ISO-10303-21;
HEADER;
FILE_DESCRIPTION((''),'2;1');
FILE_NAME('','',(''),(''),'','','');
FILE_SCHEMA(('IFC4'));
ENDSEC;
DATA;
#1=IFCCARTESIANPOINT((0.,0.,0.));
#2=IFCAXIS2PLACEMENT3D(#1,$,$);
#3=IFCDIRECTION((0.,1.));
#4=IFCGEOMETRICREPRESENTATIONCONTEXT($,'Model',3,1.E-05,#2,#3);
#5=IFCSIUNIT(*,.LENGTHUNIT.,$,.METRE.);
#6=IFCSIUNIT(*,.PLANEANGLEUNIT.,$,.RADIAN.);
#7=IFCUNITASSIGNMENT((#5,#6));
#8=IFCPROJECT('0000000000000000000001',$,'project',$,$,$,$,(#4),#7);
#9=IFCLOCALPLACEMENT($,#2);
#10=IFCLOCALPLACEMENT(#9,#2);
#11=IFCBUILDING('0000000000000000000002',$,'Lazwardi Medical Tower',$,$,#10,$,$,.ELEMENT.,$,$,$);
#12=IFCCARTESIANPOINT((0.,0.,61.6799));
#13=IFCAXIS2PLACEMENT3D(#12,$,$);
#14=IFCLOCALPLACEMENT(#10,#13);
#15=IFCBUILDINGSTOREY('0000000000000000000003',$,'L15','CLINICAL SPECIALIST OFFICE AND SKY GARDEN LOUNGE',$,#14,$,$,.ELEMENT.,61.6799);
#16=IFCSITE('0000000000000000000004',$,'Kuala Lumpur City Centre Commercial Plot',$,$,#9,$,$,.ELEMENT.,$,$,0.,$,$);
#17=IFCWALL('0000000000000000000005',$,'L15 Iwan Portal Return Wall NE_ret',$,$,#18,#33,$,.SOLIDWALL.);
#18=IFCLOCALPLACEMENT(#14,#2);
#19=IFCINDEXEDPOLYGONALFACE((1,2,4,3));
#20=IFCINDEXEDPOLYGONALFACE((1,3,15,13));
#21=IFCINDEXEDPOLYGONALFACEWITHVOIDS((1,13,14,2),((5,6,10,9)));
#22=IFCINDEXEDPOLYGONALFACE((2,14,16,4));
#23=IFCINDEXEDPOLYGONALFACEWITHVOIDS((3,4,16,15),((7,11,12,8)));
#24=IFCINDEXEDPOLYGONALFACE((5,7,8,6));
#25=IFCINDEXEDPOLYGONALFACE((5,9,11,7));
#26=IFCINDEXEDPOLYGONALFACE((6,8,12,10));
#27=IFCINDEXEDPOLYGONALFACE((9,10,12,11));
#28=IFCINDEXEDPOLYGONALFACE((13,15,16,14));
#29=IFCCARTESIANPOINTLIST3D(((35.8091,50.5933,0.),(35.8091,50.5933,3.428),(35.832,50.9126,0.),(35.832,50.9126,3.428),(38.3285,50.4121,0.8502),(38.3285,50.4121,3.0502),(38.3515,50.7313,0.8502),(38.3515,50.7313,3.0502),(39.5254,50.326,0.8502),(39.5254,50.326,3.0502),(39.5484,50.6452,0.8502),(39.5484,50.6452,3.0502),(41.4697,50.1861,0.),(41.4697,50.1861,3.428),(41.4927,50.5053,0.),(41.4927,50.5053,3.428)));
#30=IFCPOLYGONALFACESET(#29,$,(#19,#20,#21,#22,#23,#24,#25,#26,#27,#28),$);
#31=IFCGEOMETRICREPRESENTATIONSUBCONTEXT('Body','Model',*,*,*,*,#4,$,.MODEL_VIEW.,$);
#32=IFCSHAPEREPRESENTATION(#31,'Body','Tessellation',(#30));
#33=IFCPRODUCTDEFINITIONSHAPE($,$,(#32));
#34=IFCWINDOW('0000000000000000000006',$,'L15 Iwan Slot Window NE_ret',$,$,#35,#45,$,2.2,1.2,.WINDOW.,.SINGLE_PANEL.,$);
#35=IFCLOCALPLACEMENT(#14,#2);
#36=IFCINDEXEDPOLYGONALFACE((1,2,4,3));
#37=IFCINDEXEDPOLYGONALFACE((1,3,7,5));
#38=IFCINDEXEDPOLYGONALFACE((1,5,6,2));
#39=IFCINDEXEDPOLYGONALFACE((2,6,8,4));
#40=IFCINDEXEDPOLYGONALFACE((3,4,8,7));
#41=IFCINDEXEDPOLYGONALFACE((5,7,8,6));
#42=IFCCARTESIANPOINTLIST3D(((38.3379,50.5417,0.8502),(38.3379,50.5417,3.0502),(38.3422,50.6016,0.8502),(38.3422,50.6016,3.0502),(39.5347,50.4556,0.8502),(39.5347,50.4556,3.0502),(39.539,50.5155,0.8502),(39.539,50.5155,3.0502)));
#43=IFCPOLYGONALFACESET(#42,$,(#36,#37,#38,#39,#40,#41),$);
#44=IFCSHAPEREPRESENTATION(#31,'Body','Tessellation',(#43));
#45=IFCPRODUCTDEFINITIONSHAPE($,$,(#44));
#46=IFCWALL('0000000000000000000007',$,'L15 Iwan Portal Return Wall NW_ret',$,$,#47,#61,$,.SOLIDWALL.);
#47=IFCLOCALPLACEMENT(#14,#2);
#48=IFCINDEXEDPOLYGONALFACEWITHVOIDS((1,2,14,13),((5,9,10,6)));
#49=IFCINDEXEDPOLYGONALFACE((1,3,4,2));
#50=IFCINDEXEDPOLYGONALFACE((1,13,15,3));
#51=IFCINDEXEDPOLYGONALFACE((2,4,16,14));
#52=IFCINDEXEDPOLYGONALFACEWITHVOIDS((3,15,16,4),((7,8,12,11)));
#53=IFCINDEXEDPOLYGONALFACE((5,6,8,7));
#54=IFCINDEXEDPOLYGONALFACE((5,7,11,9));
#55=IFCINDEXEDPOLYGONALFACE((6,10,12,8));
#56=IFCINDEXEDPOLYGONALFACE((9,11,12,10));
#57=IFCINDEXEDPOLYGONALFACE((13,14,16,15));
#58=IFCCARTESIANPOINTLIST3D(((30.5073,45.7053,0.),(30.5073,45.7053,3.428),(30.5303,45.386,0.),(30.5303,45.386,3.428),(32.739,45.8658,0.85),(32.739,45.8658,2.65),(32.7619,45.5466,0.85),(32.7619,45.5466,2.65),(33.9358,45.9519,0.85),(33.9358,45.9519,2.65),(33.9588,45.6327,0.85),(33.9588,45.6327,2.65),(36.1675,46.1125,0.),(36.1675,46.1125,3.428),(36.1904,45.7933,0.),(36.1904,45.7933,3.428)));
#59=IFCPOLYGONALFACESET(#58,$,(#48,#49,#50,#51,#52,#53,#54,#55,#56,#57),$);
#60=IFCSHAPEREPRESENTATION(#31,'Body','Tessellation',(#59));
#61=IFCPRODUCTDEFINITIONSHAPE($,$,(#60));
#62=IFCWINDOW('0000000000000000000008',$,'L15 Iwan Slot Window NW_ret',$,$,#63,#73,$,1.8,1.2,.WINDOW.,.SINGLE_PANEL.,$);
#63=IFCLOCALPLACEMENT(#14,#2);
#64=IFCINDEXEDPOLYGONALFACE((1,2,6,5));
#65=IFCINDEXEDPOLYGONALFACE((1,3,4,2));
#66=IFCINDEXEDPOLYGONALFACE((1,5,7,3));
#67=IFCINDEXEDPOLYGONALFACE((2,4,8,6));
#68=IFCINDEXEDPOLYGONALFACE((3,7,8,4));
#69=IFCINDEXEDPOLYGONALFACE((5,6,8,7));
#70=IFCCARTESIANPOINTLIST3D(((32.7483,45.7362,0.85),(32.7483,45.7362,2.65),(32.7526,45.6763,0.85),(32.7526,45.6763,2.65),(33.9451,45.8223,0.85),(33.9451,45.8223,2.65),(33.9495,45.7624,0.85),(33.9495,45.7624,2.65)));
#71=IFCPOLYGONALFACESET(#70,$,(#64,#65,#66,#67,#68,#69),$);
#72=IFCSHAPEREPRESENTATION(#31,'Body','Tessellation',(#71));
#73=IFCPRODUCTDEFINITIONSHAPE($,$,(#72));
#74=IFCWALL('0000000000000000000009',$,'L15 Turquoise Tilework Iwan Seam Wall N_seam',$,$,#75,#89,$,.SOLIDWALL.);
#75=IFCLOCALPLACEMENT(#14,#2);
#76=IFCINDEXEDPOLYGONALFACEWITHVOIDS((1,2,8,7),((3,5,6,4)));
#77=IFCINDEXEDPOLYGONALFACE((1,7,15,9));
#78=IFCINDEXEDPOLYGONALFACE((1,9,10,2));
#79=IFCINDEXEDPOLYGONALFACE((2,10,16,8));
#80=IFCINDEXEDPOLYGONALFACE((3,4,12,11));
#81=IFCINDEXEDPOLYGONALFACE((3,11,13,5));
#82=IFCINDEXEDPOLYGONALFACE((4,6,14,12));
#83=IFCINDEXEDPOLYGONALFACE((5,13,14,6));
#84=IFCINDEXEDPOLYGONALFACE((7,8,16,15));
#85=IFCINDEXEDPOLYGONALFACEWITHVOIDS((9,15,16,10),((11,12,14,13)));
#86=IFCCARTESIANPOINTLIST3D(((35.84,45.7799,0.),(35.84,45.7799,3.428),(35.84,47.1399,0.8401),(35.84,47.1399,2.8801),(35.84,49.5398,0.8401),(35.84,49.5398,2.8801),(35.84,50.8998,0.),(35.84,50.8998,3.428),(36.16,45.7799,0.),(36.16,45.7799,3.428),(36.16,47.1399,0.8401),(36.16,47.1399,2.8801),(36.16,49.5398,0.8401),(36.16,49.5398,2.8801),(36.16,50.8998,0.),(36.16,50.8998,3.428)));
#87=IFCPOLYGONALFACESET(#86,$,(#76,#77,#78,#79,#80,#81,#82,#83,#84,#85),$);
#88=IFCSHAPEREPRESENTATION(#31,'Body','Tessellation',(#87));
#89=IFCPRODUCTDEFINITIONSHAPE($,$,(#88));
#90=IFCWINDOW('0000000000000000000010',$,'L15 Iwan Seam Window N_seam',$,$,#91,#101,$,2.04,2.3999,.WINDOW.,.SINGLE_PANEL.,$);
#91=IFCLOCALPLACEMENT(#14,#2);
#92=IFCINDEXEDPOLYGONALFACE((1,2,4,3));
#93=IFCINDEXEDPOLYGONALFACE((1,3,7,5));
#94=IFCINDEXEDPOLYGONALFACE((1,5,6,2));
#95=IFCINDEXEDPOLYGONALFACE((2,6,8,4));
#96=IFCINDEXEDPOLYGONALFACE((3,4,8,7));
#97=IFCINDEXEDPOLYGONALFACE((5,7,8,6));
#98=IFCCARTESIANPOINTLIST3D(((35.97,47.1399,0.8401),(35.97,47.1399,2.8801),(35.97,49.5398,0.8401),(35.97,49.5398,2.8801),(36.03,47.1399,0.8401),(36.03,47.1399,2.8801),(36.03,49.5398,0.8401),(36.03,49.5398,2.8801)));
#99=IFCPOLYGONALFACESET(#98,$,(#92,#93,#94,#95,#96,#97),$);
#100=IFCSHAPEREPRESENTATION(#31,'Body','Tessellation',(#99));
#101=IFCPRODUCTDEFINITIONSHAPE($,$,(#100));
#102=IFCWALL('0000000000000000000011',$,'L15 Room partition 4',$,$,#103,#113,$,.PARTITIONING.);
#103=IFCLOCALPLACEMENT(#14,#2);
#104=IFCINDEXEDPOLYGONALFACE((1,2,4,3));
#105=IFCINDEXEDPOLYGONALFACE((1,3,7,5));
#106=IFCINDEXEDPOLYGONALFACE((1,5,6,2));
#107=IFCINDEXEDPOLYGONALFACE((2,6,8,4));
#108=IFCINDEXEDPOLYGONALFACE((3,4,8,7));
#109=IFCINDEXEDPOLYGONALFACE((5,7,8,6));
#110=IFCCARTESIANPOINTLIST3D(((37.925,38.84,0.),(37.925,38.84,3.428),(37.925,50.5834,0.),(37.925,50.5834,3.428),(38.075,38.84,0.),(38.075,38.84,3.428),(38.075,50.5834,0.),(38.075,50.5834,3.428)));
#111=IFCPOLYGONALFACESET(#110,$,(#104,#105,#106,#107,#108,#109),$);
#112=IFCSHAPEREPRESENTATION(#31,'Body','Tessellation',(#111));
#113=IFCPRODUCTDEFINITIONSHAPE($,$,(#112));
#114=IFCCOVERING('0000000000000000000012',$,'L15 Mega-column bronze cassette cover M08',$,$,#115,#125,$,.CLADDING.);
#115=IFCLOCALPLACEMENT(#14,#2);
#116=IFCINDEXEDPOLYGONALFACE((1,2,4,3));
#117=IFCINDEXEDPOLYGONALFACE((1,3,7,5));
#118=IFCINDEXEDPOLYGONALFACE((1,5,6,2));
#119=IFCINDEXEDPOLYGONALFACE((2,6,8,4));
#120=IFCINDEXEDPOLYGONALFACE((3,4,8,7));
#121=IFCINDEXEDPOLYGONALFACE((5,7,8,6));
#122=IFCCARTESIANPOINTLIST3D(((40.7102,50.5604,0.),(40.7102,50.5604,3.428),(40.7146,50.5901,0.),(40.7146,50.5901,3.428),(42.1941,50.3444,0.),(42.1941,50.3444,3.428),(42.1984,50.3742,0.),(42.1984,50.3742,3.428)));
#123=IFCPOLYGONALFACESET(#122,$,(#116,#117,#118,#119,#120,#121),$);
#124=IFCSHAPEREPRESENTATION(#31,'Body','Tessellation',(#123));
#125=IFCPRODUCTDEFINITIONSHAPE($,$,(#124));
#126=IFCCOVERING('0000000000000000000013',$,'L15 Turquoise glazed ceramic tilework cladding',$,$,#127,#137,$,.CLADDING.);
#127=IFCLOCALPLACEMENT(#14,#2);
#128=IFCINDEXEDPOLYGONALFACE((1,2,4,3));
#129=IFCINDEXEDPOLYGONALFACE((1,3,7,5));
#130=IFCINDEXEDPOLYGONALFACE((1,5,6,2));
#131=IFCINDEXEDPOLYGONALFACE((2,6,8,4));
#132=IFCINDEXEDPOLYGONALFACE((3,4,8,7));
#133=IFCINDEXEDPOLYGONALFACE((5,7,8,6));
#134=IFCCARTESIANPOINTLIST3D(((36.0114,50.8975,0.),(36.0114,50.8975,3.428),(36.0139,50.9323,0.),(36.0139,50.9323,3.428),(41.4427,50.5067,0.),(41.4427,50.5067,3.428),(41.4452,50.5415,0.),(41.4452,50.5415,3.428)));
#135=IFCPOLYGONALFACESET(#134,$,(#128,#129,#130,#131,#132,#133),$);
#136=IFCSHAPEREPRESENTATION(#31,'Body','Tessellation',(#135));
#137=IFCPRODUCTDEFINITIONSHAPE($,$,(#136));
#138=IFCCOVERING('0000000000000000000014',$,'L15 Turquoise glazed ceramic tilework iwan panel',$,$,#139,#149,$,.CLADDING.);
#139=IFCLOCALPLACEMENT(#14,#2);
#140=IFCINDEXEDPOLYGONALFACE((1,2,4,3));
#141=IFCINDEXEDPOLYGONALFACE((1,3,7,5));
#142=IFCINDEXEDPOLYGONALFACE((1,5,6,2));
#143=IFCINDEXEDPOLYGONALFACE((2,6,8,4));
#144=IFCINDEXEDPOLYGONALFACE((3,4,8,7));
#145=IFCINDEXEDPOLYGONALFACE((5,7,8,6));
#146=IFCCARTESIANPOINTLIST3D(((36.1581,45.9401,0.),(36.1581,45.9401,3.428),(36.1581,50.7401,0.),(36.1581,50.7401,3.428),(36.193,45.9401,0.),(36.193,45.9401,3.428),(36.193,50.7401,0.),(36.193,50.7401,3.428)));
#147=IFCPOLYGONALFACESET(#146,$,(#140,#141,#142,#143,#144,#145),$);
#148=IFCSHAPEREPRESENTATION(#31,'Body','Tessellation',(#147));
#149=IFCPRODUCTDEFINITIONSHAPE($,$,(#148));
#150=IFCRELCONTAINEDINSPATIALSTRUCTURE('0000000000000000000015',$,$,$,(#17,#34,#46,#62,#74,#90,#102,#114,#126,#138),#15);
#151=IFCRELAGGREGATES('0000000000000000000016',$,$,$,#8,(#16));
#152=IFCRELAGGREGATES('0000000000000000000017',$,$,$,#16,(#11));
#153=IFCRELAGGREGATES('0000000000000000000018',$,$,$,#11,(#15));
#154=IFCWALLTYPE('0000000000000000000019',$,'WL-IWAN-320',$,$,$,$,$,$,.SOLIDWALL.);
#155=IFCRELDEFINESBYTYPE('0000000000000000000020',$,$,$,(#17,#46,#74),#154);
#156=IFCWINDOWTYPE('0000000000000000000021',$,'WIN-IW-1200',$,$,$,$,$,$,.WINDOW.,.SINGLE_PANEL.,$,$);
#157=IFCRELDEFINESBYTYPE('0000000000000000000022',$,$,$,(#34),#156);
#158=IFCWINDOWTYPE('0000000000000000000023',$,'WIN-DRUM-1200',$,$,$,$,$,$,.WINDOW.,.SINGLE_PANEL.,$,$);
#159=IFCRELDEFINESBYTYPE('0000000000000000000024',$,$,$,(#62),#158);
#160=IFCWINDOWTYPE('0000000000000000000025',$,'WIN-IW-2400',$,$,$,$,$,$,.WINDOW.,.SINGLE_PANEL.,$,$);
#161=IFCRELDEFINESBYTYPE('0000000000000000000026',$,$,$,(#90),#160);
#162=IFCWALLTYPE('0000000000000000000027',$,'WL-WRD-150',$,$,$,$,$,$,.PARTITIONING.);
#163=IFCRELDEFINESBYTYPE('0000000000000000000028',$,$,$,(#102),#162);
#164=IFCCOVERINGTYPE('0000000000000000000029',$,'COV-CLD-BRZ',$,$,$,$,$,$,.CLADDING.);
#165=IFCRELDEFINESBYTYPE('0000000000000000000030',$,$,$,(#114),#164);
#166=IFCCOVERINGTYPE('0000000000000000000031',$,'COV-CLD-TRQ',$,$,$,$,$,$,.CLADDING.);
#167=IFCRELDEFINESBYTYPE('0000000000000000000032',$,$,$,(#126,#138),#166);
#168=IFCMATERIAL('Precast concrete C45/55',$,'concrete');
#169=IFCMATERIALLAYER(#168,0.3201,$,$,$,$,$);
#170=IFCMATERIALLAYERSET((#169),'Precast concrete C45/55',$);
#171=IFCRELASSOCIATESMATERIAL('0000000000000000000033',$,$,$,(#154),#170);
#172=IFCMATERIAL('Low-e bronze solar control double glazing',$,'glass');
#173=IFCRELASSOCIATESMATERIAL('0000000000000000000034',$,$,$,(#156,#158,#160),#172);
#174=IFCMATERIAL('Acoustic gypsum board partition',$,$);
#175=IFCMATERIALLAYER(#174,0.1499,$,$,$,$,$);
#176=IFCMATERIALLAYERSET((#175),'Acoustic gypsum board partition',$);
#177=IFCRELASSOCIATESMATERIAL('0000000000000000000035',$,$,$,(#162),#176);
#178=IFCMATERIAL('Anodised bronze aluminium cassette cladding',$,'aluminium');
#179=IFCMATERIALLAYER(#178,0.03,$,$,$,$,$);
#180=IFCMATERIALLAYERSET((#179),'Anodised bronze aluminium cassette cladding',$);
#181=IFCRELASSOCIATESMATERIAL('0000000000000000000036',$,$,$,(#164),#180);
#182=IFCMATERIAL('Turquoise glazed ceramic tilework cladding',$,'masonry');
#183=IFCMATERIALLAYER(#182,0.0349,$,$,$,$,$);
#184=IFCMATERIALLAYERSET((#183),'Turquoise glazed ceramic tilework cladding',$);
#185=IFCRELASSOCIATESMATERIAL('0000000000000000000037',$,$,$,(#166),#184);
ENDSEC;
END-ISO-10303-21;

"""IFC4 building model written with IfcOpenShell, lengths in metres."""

from ifc_helpers import new_model, si_unit, direction, frame, frame_2d, origin, origin_2d, place, context, subcontext, project, spatial, rectangle, extrude, material, layer, layer_set, type_object, element, fill, save


model = new_model("IFC4")

# Units and contexts
model_context = context("Model", 3, precision=1e-05, world=origin(), true_north=direction((0.0, 1.0)))
body_context = subcontext(model_context, "Body", "Model", "MODEL_VIEW")
ifc_project = project(units=[si_unit("LENGTHUNIT", "METRE"), si_unit("PLANEANGLEUNIT", "RADIAN")], contexts=[model_context])

# Site, building, storey
site_placement = place(None, origin())
site = spatial("IfcSite", under=ifc_project, at=site_placement, Name="Kuala Lumpur City Centre Commercial Plot", CompositionType="ELEMENT", RefElevation=0.0)
building_placement = place(site_placement, origin())
building = spatial("IfcBuilding", under=site, at=building_placement, Name="Lazwardi Medical Tower", CompositionType="ELEMENT")
storey_placement = place(building_placement, frame((0.0, 0.0, 61.6799)))
storey = spatial("IfcBuildingStorey", under=building, at=storey_placement, Name="L15", Description="CLINICAL SPECIALIST OFFICE AND SKY GARDEN LOUNGE", CompositionType="ELEMENT", Elevation=61.6799)

# Shared definitions
ifc_material_1 = material(Name="Low-e bronze solar control double glazing", Category="glass")

# Walls, openings, windows
ifc_material_2 = material(Name="Precast concrete C45/55", Category="concrete")
ifc_layer_1 = layer(ifc_material_2, 0.3201)
ifc_layer_set_1 = layer_set([ifc_layer_1], Name="Precast concrete C45/55")
wall_type_1 = type_object("IfcWallType", Name="WL-IWAN-320", PredefinedType="SOLIDWALL", material=ifc_layer_set_1)
wall_1_placement = place(storey_placement, frame((41.4812, 50.3457, 0.0), z_axis=(0.0, 0.0, 1.0), x_axis=(-0.997422, 0.071755, 0.0)))
wall_1 = element("IfcWall", 1, at=wall_1_placement, inside=storey, type_object=wall_type_1, Name="L15 Iwan Portal Return Wall NE_ret", PredefinedType="SOLIDWALL", context=body_context, shape_type="SweptSolid", body=[
    extrude(rectangle(XDim=5.6753, YDim=0.3201, at=frame_2d((2.8376, 0.0))), origin(), (0.0, 0.0, 1.0), 3.428),
])
opening_1_placement = place(wall_1_placement, frame((1.9492, 0.0, 0.8501)))
opening_1 = element("IfcOpeningElement", 2, at=opening_1_placement, cuts=wall_1, PredefinedType="OPENING", context=body_context, shape_type="SweptSolid", body=[
    extrude(rectangle(XDim=1.2, YDim=2.2, at=frame_2d((0.6001, 1.1001))), frame((0.0, 0.1699, 0.0), z_axis=(0.0, -1.0, 0.0), x_axis=(1.0, 0.0, 0.0)), (0.0, 0.0, 1.0), 0.3401),
])
window_type_1 = type_object("IfcWindowType", Name="WIN-IW-1200", PartitioningType="SINGLE_PANEL", PredefinedType="WINDOW", material=ifc_material_1)
window_1_placement = place(opening_1_placement, origin())
window_1 = element("IfcWindow", 3, at=window_1_placement, inside=storey, type_object=window_type_1, Name="L15 Iwan Slot Window NE_ret", OverallHeight=2.2, OverallWidth=1.2, PartitioningType="SINGLE_PANEL", PredefinedType="WINDOW", context=body_context, shape_type="SweptSolid", body=[
    extrude(rectangle(XDim=1.2, YDim=2.2, at=frame_2d((0.6001, 1.1001))), frame((0.0, 0.03, 0.0), z_axis=(0.0, -1.0, 0.0), x_axis=(1.0, 0.0, 0.0)), (0.0, 0.0, 1.0), 0.0601),
])
fill(opening_1, window_1)
wall_2_placement = place(storey_placement, frame((36.179, 45.9529, 0.0), z_axis=(0.0, 0.0, 1.0), x_axis=(-0.997422, -0.071761, 0.0)))
wall_2 = element("IfcWall", 4, at=wall_2_placement, inside=storey, type_object=wall_type_1, Name="L15 Iwan Portal Return Wall NW_ret", PredefinedType="SOLIDWALL", context=body_context, shape_type="SweptSolid", body=[
    extrude(rectangle(XDim=5.6748, YDim=0.3201, at=frame_2d((2.8374, 0.0))), origin(), (0.0, 0.0, 1.0), 3.428),
])
opening_2_placement = place(wall_2_placement, frame((2.2373, 0.0, 0.8501)))
opening_2 = element("IfcOpeningElement", 5, at=opening_2_placement, cuts=wall_2, PredefinedType="OPENING", context=body_context, shape_type="SweptSolid", body=[
    extrude(rectangle(XDim=1.2, YDim=1.8, at=frame_2d((0.6001, 0.8999))), frame((0.0, 0.1699, 0.0), z_axis=(0.0, -1.0, 0.0), x_axis=(1.0, 0.0, 0.0)), (0.0, 0.0, 1.0), 0.3401),
])
window_type_2 = type_object("IfcWindowType", Name="WIN-DRUM-1200", PartitioningType="SINGLE_PANEL", PredefinedType="WINDOW", material=ifc_material_1)
window_2_placement = place(opening_2_placement, origin())
window_2 = element("IfcWindow", 6, at=window_2_placement, inside=storey, type_object=window_type_2, Name="L15 Iwan Slot Window NW_ret", OverallHeight=1.8, OverallWidth=1.2, PartitioningType="SINGLE_PANEL", PredefinedType="WINDOW", context=body_context, shape_type="SweptSolid", body=[
    extrude(rectangle(XDim=1.2, YDim=1.8, at=frame_2d((0.6001, 0.8999))), frame((0.0, 0.03, 0.0), z_axis=(0.0, -1.0, 0.0), x_axis=(1.0, 0.0, 0.0)), (0.0, 0.0, 1.0), 0.0601),
])
fill(opening_2, window_2)
wall_3_placement = place(storey_placement, frame((36.0, 50.8999, 0.0), z_axis=(0.0, 0.0, 1.0), x_axis=(0.0, -1.0, 0.0)))
wall_3 = element("IfcWall", 7, at=wall_3_placement, inside=storey, type_object=wall_type_1, Name="L15 Turquoise Tilework Iwan Seam Wall N_seam", PredefinedType="SOLIDWALL", context=body_context, shape_type="SweptSolid", body=[
    extrude(rectangle(XDim=5.1199, YDim=0.3201, at=frame_2d((2.5601, 0.0))), origin(), (0.0, 0.0, 1.0), 3.428),
])
opening_3_placement = place(wall_3_placement, frame((1.3601, 0.0, 0.8401)))
opening_3 = element("IfcOpeningElement", 8, at=opening_3_placement, cuts=wall_3, PredefinedType="OPENING", context=body_context, shape_type="SweptSolid", body=[
    extrude(rectangle(XDim=2.3999, YDim=2.04, at=frame_2d((1.2, 1.02))), frame((0.0, 0.1699, 0.0), z_axis=(0.0, -1.0, 0.0), x_axis=(1.0, 0.0, 0.0)), (0.0, 0.0, 1.0), 0.3401),
])
window_type_3 = type_object("IfcWindowType", Name="WIN-IW-2400", PartitioningType="SINGLE_PANEL", PredefinedType="WINDOW", material=ifc_material_1)
window_3_placement = place(opening_3_placement, origin())
window_3 = element("IfcWindow", 9, at=window_3_placement, inside=storey, type_object=window_type_3, Name="L15 Iwan Seam Window N_seam", OverallHeight=2.04, OverallWidth=2.3999, PartitioningType="SINGLE_PANEL", PredefinedType="WINDOW", context=body_context, shape_type="SweptSolid", body=[
    extrude(rectangle(XDim=2.3999, YDim=2.04, at=frame_2d((1.2, 1.02))), frame((0.0, 0.03, 0.0), z_axis=(0.0, -1.0, 0.0), x_axis=(1.0, 0.0, 0.0)), (0.0, 0.0, 1.0), 0.0601),
])
fill(opening_3, window_3)

# Wall
ifc_material_3 = material(Name="Acoustic gypsum board partition")
ifc_layer_2 = layer(ifc_material_3, 0.1499)
ifc_layer_set_2 = layer_set([ifc_layer_2], Name="Acoustic gypsum board partition")
wall_type_2 = type_object("IfcWallType", Name="WL-WRD-150", PredefinedType="PARTITIONING", material=ifc_layer_set_2)
wall_4_placement = place(storey_placement, frame((38.0, 38.8401, 0.0), z_axis=(0.0, 0.0, 1.0), x_axis=(0.0, 1.0, 0.0)))
element("IfcWall", 10, at=wall_4_placement, inside=storey, type_object=wall_type_2, Name="L15 Room partition 4", PredefinedType="PARTITIONING", context=body_context, shape_type="SweptSolid", body=[
    extrude(rectangle(XDim=11.7434, YDim=0.1499, at=frame_2d((5.8716, 0.0))), origin(), (0.0, 0.0, 1.0), 3.428),
])

# Coverings
ifc_material_4 = material(Name="Anodised bronze aluminium cassette cladding", Category="aluminium")
ifc_layer_3 = layer(ifc_material_4, 0.03)
ifc_layer_set_3 = layer_set([ifc_layer_3], Name="Anodised bronze aluminium cassette cladding")
covering_type_1 = type_object("IfcCoveringType", Name="COV-CLD-BRZ", PredefinedType="CLADDING", material=ifc_layer_set_3)
covering_1_placement = place(storey_placement, frame((41.4543, 50.4673, 0.0), z_axis=(0.0, 0.0, 1.0), x_axis=(-0.989573, 0.144035, 0.0)))
element("IfcCovering", 11, at=covering_1_placement, inside=storey, type_object=covering_type_1, Name="L15 Mega-column bronze cassette cover M08", PredefinedType="CLADDING", context=body_context, shape_type="SweptSolid", body=[
    extrude(rectangle(XDim=1.4995, YDim=0.03, at=origin_2d()), origin(), (0.0, 0.0, 1.0), 3.428),
])
ifc_material_5 = material(Name="Turquoise glazed ceramic tilework cladding", Category="masonry")
ifc_layer_4 = layer(ifc_material_5, 0.0349)
ifc_layer_set_4 = layer_set([ifc_layer_4], Name="Turquoise glazed ceramic tilework cladding")
covering_type_2 = type_object("IfcCoveringType", Name="COV-CLD-TRQ", PredefinedType="CLADDING", material=ifc_layer_set_4)
covering_2_placement = place(storey_placement, frame((38.7283, 50.7195, 0.0), z_axis=(0.0, 0.0, 1.0), x_axis=(-0.997421, 0.071767, 0.0)))
element("IfcCovering", 12, at=covering_2_placement, inside=storey, type_object=covering_type_2, Name="L15 Turquoise glazed ceramic tilework cladding", PredefinedType="CLADDING", context=body_context, shape_type="SweptSolid", body=[
    extrude(rectangle(XDim=5.4453, YDim=0.0349, at=origin_2d()), origin(), (0.0, 0.0, 1.0), 3.428),
])
covering_3_placement = place(storey_placement, frame((36.1755, 48.3401, 0.0), z_axis=(0.0, 0.0, 1.0), x_axis=(0.0, -1.0, 0.0)))
element("IfcCovering", 13, at=covering_3_placement, inside=storey, type_object=covering_type_2, Name="L15 Turquoise glazed ceramic tilework iwan panel", PredefinedType="CLADDING", context=body_context, shape_type="SweptSolid", body=[
    extrude(rectangle(XDim=4.8, YDim=0.0349, at=origin_2d()), origin(), (0.0, 0.0, 1.0), 3.428),
])

save(model, "model.ifc")
